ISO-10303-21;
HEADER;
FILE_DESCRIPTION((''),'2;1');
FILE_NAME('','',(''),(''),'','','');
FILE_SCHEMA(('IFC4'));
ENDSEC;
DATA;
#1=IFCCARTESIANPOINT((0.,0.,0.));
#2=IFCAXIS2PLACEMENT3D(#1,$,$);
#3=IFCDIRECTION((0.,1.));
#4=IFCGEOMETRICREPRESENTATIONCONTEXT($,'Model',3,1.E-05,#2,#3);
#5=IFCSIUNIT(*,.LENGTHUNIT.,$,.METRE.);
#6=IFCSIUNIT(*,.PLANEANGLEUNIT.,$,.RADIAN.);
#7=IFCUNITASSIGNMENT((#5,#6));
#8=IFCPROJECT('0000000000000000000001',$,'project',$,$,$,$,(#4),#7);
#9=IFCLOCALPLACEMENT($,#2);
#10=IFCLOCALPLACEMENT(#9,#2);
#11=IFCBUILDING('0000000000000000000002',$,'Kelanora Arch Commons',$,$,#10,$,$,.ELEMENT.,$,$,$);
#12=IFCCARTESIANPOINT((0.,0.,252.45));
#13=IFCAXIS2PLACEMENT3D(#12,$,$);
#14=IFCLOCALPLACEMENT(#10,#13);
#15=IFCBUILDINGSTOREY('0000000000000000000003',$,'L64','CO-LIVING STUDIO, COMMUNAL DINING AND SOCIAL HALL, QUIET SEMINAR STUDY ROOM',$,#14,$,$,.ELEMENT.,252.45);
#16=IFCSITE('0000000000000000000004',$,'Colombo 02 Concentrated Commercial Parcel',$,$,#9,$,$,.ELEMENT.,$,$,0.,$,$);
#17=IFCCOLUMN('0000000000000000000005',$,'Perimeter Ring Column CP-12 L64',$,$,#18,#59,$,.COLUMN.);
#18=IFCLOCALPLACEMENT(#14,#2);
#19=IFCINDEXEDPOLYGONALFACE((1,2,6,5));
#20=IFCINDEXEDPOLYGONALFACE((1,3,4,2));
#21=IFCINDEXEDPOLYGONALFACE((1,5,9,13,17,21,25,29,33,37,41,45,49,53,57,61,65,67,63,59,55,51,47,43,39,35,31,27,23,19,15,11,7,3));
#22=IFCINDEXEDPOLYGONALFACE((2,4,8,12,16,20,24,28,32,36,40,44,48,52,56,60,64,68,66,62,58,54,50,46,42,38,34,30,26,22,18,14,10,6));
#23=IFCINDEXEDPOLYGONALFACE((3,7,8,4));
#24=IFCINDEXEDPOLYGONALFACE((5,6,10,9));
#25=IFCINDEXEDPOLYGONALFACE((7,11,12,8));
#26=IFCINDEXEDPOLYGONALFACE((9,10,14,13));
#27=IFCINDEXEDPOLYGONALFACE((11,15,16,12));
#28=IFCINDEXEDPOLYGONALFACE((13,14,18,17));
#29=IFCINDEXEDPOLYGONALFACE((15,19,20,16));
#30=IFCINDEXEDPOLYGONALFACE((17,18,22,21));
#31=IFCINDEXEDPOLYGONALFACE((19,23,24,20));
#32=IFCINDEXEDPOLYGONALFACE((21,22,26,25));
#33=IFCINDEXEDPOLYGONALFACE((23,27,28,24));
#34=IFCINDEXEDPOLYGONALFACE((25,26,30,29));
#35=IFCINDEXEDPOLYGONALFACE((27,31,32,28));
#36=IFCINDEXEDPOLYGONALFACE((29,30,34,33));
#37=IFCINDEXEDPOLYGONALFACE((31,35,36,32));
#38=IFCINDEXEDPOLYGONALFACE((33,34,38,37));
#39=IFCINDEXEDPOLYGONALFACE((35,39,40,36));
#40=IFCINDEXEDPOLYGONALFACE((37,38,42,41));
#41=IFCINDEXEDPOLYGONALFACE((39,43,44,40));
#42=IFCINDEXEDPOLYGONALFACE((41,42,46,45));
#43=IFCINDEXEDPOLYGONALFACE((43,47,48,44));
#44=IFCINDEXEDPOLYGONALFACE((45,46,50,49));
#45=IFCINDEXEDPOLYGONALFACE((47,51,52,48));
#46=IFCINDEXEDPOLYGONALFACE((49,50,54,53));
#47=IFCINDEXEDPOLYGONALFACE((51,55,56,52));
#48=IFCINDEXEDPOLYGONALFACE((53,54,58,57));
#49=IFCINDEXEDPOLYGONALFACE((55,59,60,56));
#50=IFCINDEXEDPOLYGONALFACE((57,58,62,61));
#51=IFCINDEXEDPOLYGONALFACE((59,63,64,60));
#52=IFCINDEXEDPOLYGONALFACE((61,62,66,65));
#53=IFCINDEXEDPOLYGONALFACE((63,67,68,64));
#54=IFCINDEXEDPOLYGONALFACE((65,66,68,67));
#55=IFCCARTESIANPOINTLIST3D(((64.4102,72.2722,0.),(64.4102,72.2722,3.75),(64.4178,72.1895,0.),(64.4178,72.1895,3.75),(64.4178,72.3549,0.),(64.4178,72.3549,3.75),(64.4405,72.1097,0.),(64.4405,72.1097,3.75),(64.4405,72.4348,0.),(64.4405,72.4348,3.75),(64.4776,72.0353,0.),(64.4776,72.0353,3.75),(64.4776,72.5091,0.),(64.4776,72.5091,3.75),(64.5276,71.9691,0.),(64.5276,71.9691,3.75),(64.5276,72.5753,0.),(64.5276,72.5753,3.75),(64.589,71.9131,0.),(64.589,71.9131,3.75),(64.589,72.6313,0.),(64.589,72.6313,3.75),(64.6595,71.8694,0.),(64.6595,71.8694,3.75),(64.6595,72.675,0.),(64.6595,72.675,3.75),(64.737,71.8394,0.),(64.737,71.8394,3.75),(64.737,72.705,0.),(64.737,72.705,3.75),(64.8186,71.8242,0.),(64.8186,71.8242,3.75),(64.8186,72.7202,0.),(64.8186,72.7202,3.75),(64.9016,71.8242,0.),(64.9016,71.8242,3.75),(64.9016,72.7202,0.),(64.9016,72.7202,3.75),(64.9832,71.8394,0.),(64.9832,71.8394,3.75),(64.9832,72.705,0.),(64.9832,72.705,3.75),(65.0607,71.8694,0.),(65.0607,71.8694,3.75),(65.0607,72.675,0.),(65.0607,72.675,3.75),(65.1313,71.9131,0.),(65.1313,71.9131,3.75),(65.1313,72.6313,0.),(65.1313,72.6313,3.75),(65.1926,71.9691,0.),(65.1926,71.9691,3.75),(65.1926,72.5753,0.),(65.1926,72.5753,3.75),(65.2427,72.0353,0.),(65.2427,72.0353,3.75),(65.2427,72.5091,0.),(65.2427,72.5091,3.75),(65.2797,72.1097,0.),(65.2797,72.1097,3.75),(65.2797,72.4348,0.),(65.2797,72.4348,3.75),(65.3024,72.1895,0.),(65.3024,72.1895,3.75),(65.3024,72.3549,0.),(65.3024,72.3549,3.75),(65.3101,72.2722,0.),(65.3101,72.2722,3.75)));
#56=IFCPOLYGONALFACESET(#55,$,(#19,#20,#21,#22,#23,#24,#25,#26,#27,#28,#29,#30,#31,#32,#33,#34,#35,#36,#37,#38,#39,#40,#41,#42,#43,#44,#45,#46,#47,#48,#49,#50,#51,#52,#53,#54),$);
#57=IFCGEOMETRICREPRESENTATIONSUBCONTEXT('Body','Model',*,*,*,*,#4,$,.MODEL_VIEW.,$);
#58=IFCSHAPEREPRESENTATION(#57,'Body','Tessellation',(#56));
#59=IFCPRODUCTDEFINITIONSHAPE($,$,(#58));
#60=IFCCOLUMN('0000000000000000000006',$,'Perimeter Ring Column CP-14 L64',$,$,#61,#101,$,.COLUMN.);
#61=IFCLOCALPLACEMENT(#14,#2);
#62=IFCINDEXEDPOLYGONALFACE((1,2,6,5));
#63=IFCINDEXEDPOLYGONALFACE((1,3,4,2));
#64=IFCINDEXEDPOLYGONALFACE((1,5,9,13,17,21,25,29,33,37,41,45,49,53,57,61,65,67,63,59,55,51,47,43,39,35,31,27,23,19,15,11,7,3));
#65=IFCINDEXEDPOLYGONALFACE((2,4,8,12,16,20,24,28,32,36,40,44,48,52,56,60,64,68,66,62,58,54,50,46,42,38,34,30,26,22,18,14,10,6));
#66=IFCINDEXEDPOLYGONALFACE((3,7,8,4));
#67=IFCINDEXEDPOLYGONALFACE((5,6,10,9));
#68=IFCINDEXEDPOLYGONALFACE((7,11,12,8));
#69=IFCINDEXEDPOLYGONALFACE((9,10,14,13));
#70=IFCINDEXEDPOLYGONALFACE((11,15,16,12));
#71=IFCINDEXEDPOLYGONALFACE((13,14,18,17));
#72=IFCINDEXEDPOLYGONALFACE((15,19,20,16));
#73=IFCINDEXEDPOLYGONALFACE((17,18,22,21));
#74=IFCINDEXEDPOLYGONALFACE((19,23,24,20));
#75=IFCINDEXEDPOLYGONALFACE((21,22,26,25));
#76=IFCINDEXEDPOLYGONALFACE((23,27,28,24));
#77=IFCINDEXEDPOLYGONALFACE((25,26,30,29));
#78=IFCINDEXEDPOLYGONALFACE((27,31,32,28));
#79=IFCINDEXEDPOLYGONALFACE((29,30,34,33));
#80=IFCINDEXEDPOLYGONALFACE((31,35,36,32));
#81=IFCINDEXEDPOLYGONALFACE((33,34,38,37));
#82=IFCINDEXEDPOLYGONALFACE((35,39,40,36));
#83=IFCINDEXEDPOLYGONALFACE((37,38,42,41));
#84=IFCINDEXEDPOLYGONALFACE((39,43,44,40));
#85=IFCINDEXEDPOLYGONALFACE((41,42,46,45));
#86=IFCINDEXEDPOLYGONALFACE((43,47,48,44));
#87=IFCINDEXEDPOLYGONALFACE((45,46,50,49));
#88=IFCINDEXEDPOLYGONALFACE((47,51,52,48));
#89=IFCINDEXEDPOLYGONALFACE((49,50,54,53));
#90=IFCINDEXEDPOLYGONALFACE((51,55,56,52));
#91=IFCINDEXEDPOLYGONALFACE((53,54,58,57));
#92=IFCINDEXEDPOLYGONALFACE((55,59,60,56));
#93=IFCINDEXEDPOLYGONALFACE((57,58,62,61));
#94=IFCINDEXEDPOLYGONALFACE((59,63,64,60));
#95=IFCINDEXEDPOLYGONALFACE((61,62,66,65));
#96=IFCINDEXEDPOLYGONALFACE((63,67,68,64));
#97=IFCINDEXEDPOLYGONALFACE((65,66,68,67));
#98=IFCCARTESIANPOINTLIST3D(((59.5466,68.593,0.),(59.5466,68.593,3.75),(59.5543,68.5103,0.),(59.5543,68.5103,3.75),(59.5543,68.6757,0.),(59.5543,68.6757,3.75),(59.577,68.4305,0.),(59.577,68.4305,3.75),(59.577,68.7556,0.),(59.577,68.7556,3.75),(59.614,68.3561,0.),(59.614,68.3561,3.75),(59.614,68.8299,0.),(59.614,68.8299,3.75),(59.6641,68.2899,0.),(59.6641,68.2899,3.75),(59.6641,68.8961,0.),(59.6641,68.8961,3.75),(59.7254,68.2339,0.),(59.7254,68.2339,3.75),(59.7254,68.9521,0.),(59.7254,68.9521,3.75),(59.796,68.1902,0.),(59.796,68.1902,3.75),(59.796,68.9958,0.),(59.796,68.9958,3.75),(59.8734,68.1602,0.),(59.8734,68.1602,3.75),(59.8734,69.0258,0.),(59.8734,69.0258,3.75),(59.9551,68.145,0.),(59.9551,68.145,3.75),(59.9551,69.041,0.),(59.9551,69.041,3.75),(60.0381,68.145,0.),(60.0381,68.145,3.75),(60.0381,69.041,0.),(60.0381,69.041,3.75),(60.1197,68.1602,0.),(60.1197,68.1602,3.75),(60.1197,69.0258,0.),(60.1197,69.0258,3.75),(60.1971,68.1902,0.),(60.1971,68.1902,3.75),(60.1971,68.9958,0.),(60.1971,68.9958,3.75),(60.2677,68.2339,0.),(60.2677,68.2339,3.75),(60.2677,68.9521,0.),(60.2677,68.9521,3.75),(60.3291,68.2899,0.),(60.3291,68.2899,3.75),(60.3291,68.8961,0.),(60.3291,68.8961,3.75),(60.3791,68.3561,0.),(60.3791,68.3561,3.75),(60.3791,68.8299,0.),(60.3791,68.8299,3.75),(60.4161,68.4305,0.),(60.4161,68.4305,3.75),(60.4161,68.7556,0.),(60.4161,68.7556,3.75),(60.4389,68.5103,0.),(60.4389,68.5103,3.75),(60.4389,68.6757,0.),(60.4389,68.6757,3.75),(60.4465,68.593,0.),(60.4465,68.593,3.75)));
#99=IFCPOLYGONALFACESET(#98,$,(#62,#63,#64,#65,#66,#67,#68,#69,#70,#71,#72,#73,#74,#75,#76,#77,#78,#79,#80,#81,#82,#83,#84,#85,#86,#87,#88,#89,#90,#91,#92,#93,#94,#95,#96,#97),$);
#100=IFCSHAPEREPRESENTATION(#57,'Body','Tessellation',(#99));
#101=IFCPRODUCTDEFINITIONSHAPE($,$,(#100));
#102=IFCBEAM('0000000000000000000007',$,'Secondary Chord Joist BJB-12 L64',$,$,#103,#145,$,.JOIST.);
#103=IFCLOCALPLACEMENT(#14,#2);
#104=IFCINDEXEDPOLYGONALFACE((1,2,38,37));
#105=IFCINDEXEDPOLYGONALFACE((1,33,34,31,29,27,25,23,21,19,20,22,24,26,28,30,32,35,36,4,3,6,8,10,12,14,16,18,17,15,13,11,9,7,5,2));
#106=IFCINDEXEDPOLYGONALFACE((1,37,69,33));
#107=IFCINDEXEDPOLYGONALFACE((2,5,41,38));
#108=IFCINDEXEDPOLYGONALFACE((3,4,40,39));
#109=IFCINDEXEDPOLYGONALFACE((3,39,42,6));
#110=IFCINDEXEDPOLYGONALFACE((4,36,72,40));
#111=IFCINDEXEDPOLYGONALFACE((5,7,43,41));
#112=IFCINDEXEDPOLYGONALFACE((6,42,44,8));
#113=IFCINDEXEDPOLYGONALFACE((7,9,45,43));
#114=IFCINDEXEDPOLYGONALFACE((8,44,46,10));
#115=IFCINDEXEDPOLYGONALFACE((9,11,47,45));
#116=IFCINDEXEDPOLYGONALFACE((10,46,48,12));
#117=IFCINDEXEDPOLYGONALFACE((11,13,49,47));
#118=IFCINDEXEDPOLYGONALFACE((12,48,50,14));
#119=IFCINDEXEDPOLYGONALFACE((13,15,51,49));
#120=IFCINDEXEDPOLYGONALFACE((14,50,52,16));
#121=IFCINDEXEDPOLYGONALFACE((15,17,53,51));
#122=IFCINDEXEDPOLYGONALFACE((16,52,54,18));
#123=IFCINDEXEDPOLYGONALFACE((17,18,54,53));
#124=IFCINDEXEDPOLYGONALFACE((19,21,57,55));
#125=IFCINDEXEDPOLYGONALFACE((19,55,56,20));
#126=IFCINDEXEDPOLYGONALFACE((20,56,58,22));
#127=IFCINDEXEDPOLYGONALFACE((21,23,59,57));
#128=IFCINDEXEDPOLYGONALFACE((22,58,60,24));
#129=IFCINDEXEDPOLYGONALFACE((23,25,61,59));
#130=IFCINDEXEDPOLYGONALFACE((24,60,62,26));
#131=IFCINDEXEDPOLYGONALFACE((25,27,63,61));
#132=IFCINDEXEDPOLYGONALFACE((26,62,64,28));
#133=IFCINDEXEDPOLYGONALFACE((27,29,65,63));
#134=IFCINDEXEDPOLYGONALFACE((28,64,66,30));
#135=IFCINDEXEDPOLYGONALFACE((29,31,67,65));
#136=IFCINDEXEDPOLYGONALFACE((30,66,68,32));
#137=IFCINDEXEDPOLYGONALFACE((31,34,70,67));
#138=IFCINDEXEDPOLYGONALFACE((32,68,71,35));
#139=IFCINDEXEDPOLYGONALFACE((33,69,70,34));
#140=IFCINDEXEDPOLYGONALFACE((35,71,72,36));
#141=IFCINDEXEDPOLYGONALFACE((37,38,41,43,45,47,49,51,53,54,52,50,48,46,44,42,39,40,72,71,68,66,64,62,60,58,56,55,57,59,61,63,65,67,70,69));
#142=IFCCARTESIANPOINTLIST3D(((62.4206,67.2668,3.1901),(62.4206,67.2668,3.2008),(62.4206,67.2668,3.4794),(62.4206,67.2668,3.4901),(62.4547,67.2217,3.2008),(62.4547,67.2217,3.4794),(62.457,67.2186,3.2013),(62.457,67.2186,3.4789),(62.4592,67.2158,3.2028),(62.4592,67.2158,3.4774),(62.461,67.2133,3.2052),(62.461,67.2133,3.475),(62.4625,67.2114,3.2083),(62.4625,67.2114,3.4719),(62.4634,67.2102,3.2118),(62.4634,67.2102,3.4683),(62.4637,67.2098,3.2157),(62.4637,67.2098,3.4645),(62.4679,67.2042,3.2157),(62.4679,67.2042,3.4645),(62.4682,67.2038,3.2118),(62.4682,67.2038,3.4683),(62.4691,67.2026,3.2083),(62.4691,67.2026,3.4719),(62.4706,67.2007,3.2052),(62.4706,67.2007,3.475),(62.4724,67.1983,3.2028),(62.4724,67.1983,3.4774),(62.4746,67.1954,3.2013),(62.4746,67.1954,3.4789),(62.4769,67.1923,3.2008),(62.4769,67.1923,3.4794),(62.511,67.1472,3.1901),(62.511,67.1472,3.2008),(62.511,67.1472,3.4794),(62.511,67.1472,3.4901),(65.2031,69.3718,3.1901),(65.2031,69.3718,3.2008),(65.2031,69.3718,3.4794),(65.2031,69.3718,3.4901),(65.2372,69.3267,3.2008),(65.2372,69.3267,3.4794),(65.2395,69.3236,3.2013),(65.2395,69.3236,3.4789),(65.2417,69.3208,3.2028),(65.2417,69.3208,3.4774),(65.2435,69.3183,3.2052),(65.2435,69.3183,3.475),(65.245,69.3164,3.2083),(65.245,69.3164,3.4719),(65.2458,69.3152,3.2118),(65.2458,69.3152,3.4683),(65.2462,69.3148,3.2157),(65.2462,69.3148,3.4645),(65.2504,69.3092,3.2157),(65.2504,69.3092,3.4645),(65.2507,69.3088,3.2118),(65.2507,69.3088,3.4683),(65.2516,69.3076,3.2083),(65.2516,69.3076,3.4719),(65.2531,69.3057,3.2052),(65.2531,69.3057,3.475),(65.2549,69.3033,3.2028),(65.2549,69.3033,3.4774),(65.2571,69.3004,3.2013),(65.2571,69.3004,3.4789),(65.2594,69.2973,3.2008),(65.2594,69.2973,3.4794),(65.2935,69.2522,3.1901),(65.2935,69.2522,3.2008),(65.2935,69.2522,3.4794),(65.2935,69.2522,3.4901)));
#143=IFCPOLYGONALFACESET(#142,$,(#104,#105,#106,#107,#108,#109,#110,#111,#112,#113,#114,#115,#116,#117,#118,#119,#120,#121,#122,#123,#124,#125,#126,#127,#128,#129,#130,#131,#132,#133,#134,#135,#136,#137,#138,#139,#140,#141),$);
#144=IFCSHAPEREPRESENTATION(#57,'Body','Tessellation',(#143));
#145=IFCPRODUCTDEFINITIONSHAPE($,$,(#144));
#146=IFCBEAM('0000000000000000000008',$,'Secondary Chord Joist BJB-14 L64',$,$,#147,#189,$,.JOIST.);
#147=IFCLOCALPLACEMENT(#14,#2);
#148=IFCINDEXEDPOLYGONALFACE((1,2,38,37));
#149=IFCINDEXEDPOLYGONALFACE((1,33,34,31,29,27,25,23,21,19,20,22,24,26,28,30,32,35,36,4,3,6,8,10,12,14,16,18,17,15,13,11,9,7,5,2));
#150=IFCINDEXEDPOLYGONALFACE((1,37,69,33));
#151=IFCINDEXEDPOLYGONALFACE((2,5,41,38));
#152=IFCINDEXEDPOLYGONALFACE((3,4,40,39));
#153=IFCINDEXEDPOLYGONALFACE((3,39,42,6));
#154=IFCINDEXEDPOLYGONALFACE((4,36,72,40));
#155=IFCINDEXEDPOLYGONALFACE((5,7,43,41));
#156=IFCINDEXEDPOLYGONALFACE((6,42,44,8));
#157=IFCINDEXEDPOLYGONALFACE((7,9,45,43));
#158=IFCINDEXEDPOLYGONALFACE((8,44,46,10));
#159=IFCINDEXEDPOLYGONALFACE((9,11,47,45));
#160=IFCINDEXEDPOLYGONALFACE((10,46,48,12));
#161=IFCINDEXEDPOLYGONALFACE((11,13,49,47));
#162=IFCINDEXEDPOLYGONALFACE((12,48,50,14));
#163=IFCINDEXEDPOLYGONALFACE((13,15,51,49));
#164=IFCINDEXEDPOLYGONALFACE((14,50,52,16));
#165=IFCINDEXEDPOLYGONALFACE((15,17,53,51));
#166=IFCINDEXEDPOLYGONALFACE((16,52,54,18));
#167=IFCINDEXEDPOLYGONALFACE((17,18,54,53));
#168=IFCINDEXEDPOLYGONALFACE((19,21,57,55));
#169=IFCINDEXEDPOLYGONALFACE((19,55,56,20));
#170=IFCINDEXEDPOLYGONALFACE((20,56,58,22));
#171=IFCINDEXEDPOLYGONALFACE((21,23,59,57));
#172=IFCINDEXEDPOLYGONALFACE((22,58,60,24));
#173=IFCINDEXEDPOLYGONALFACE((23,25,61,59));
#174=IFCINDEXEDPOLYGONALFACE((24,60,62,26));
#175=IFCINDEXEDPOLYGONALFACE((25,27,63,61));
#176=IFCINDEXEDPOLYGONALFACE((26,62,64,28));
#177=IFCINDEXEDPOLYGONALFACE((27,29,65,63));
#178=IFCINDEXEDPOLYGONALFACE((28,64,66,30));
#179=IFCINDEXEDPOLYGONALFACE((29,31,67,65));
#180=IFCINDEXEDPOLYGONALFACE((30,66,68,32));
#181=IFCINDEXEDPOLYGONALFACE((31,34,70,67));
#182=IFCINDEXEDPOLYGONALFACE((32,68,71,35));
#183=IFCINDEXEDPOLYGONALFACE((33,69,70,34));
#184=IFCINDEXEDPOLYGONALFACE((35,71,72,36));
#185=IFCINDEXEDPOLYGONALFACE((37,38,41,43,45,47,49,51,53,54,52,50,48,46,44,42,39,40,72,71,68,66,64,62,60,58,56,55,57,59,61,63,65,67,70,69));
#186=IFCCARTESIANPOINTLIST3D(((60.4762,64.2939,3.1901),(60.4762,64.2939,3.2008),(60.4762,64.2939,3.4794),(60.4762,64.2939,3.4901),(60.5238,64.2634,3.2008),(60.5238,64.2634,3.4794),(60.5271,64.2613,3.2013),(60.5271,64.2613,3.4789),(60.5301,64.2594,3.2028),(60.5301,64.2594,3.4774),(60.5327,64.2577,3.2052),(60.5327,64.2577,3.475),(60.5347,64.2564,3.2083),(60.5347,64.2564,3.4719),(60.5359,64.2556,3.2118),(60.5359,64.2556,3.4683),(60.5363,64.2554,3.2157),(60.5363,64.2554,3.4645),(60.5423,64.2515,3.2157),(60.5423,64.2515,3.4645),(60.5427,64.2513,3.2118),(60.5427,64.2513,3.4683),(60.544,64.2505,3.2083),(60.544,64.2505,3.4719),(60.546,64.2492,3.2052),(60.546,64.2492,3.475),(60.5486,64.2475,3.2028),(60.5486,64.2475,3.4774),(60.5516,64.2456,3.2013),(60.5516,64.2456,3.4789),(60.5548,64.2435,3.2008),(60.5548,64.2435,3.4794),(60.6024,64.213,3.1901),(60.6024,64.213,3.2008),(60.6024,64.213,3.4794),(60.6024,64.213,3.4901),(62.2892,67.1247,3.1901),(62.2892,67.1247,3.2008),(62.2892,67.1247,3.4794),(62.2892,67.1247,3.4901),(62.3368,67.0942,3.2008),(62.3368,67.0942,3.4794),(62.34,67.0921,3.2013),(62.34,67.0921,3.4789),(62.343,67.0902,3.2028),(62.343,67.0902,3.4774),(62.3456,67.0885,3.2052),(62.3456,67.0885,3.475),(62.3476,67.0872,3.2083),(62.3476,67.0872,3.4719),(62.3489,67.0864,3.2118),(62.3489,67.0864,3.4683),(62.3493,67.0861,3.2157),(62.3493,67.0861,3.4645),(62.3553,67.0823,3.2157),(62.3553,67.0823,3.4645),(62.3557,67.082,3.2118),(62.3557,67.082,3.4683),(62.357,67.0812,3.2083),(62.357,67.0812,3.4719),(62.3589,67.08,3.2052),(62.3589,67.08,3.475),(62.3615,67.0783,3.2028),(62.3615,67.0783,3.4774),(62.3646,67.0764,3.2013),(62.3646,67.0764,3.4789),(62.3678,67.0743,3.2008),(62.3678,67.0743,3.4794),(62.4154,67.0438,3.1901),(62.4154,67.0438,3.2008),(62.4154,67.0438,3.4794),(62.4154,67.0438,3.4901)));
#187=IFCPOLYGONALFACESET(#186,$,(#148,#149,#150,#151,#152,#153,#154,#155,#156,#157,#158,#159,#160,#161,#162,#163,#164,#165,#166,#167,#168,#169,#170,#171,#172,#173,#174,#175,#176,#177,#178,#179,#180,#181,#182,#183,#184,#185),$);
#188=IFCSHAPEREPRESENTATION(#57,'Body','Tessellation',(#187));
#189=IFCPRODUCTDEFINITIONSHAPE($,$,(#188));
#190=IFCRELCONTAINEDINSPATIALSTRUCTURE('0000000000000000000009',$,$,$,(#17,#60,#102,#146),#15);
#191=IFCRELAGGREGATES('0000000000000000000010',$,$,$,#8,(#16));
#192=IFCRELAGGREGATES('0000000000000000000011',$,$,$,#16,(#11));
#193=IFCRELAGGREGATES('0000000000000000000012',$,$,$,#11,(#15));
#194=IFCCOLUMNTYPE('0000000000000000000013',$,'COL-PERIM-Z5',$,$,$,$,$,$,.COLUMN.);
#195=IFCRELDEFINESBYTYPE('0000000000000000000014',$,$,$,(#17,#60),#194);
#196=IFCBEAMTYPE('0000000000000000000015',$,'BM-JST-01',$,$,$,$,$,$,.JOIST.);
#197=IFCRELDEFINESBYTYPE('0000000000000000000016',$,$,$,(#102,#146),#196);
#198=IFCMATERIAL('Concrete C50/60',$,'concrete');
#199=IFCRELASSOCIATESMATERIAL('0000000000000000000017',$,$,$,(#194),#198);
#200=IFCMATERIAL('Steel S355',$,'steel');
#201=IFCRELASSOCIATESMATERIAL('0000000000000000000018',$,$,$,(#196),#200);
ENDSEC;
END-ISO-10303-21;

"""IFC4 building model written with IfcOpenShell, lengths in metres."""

from ifc_helpers import new_model, si_unit, direction, frame, origin, origin_2d, place, context, subcontext, project, spatial, circle, i_section, extrude, material, material_profile, profile_set, type_object, element, save


model = new_model("IFC4")

# Units and contexts
model_context = context("Model", 3, precision=1e-05, world=origin(), true_north=direction((0.0, 1.0)))
body_context = subcontext(model_context, "Body", "Model", "MODEL_VIEW")
ifc_project = project(units=[si_unit("LENGTHUNIT", "METRE"), si_unit("PLANEANGLEUNIT", "RADIAN")], contexts=[model_context])

# Site, building, storey
site_placement = place(None, origin())
site = spatial("IfcSite", under=ifc_project, at=site_placement, Name="Colombo 02 Concentrated Commercial Parcel", CompositionType="ELEMENT", RefElevation=0.0)
building_placement = place(site_placement, origin())
building = spatial("IfcBuilding", under=site, at=building_placement, Name="Kelanora Arch Commons", CompositionType="ELEMENT")
storey_placement = place(building_placement, frame((0.0, 0.0, 252.45)))
storey = spatial("IfcBuildingStorey", under=building, at=storey_placement, Name="L64", Description="CO-LIVING STUDIO, COMMUNAL DINING AND SOCIAL HALL, QUIET SEMINAR STUDY ROOM", CompositionType="ELEMENT", Elevation=252.45)

# Columns
ifc_material_1 = material(Name="Concrete C50/60", Category="concrete")
ifc_material_profile_1 = material_profile(ifc_material_1, circle(Radius=0.45, at=origin_2d()), Name="RCC900")
ifc_profile_set_1 = profile_set([ifc_material_profile_1], Name="Concrete C50/60")
column_type = type_object("IfcColumnType", Name="COL-PERIM-Z5", PredefinedType="COLUMN", material=ifc_profile_set_1)
for number, where, z_axis, x_axis, name in (
    (1, (64.8601, 72.2722, 0.0), (0.0, 0.0, 1.0), (1.0, 0.0, 0.0), "Perimeter Ring Column CP-12 L64"),
    (2, (59.9966, 68.593, 0.0), (0.0, 0.0, 1.0), (1.0, 0.0, 0.0), "Perimeter Ring Column CP-14 L64"),
):
    element("IfcColumn", number, at=place(storey_placement, frame(where, z_axis=z_axis, x_axis=x_axis)), inside=storey, type_object=column_type, Name=name, PredefinedType="COLUMN", context=body_context, shape_type="SweptSolid", body=[
        extrude(circle(Radius=0.45, at=origin_2d()), origin(), (0.0, 0.0, 1.0), 3.75),
    ])

# Beams
ifc_material_2 = material(Name="Steel S355", Category="steel")
ifc_material_profile_2 = material_profile(ifc_material_2, i_section(OverallWidth=0.1499, OverallDepth=0.3, WebThickness=0.0071, FlangeThickness=0.0107, FilletRadius=0.0149, at=origin_2d()), Name="IPE300")
ifc_profile_set_2 = profile_set([ifc_material_profile_2], Name="Steel S355")
beam_type_1 = type_object("IfcBeamType", Name="BM-JST-01", PredefinedType="JOIST", material=ifc_profile_set_2)
beam_1_placement = place(storey_placement, frame((65.2483, 69.312, 3.3401), z_axis=(-0.797499, -0.60332, 0.0), x_axis=(0.60332, -0.797499, 0.0)))
element("IfcBeam", 3, at=beam_1_placement, inside=storey, type_object=beam_type_1, Name="Secondary Chord Joist BJB-12 L64", PredefinedType="JOIST", context=body_context, shape_type="SweptSolid", body=[
    extrude(i_section(OverallWidth=0.1499, OverallDepth=0.3, WebThickness=0.0071, FlangeThickness=0.0107, FilletRadius=0.0149, at=origin_2d()), origin(), (0.0, 0.0, 1.0), 3.489),
])
beam_2_placement = place(storey_placement, frame((62.3523, 67.0842, 3.3401), z_axis=(-0.539322, -0.8421, 0.0), x_axis=(0.8421, -0.539322, 0.0)))
element("IfcBeam", 4, at=beam_2_placement, inside=storey, type_object=beam_type_1, Name="Secondary Chord Joist BJB-14 L64", PredefinedType="JOIST", context=body_context, shape_type="SweptSolid", body=[
    extrude(i_section(OverallWidth=0.1499, OverallDepth=0.3, WebThickness=0.0071, FlangeThickness=0.0107, FilletRadius=0.0149, at=origin_2d()), origin(), (0.0, 0.0, 1.0), 3.3616),
])

save(model, "model.ifc")
